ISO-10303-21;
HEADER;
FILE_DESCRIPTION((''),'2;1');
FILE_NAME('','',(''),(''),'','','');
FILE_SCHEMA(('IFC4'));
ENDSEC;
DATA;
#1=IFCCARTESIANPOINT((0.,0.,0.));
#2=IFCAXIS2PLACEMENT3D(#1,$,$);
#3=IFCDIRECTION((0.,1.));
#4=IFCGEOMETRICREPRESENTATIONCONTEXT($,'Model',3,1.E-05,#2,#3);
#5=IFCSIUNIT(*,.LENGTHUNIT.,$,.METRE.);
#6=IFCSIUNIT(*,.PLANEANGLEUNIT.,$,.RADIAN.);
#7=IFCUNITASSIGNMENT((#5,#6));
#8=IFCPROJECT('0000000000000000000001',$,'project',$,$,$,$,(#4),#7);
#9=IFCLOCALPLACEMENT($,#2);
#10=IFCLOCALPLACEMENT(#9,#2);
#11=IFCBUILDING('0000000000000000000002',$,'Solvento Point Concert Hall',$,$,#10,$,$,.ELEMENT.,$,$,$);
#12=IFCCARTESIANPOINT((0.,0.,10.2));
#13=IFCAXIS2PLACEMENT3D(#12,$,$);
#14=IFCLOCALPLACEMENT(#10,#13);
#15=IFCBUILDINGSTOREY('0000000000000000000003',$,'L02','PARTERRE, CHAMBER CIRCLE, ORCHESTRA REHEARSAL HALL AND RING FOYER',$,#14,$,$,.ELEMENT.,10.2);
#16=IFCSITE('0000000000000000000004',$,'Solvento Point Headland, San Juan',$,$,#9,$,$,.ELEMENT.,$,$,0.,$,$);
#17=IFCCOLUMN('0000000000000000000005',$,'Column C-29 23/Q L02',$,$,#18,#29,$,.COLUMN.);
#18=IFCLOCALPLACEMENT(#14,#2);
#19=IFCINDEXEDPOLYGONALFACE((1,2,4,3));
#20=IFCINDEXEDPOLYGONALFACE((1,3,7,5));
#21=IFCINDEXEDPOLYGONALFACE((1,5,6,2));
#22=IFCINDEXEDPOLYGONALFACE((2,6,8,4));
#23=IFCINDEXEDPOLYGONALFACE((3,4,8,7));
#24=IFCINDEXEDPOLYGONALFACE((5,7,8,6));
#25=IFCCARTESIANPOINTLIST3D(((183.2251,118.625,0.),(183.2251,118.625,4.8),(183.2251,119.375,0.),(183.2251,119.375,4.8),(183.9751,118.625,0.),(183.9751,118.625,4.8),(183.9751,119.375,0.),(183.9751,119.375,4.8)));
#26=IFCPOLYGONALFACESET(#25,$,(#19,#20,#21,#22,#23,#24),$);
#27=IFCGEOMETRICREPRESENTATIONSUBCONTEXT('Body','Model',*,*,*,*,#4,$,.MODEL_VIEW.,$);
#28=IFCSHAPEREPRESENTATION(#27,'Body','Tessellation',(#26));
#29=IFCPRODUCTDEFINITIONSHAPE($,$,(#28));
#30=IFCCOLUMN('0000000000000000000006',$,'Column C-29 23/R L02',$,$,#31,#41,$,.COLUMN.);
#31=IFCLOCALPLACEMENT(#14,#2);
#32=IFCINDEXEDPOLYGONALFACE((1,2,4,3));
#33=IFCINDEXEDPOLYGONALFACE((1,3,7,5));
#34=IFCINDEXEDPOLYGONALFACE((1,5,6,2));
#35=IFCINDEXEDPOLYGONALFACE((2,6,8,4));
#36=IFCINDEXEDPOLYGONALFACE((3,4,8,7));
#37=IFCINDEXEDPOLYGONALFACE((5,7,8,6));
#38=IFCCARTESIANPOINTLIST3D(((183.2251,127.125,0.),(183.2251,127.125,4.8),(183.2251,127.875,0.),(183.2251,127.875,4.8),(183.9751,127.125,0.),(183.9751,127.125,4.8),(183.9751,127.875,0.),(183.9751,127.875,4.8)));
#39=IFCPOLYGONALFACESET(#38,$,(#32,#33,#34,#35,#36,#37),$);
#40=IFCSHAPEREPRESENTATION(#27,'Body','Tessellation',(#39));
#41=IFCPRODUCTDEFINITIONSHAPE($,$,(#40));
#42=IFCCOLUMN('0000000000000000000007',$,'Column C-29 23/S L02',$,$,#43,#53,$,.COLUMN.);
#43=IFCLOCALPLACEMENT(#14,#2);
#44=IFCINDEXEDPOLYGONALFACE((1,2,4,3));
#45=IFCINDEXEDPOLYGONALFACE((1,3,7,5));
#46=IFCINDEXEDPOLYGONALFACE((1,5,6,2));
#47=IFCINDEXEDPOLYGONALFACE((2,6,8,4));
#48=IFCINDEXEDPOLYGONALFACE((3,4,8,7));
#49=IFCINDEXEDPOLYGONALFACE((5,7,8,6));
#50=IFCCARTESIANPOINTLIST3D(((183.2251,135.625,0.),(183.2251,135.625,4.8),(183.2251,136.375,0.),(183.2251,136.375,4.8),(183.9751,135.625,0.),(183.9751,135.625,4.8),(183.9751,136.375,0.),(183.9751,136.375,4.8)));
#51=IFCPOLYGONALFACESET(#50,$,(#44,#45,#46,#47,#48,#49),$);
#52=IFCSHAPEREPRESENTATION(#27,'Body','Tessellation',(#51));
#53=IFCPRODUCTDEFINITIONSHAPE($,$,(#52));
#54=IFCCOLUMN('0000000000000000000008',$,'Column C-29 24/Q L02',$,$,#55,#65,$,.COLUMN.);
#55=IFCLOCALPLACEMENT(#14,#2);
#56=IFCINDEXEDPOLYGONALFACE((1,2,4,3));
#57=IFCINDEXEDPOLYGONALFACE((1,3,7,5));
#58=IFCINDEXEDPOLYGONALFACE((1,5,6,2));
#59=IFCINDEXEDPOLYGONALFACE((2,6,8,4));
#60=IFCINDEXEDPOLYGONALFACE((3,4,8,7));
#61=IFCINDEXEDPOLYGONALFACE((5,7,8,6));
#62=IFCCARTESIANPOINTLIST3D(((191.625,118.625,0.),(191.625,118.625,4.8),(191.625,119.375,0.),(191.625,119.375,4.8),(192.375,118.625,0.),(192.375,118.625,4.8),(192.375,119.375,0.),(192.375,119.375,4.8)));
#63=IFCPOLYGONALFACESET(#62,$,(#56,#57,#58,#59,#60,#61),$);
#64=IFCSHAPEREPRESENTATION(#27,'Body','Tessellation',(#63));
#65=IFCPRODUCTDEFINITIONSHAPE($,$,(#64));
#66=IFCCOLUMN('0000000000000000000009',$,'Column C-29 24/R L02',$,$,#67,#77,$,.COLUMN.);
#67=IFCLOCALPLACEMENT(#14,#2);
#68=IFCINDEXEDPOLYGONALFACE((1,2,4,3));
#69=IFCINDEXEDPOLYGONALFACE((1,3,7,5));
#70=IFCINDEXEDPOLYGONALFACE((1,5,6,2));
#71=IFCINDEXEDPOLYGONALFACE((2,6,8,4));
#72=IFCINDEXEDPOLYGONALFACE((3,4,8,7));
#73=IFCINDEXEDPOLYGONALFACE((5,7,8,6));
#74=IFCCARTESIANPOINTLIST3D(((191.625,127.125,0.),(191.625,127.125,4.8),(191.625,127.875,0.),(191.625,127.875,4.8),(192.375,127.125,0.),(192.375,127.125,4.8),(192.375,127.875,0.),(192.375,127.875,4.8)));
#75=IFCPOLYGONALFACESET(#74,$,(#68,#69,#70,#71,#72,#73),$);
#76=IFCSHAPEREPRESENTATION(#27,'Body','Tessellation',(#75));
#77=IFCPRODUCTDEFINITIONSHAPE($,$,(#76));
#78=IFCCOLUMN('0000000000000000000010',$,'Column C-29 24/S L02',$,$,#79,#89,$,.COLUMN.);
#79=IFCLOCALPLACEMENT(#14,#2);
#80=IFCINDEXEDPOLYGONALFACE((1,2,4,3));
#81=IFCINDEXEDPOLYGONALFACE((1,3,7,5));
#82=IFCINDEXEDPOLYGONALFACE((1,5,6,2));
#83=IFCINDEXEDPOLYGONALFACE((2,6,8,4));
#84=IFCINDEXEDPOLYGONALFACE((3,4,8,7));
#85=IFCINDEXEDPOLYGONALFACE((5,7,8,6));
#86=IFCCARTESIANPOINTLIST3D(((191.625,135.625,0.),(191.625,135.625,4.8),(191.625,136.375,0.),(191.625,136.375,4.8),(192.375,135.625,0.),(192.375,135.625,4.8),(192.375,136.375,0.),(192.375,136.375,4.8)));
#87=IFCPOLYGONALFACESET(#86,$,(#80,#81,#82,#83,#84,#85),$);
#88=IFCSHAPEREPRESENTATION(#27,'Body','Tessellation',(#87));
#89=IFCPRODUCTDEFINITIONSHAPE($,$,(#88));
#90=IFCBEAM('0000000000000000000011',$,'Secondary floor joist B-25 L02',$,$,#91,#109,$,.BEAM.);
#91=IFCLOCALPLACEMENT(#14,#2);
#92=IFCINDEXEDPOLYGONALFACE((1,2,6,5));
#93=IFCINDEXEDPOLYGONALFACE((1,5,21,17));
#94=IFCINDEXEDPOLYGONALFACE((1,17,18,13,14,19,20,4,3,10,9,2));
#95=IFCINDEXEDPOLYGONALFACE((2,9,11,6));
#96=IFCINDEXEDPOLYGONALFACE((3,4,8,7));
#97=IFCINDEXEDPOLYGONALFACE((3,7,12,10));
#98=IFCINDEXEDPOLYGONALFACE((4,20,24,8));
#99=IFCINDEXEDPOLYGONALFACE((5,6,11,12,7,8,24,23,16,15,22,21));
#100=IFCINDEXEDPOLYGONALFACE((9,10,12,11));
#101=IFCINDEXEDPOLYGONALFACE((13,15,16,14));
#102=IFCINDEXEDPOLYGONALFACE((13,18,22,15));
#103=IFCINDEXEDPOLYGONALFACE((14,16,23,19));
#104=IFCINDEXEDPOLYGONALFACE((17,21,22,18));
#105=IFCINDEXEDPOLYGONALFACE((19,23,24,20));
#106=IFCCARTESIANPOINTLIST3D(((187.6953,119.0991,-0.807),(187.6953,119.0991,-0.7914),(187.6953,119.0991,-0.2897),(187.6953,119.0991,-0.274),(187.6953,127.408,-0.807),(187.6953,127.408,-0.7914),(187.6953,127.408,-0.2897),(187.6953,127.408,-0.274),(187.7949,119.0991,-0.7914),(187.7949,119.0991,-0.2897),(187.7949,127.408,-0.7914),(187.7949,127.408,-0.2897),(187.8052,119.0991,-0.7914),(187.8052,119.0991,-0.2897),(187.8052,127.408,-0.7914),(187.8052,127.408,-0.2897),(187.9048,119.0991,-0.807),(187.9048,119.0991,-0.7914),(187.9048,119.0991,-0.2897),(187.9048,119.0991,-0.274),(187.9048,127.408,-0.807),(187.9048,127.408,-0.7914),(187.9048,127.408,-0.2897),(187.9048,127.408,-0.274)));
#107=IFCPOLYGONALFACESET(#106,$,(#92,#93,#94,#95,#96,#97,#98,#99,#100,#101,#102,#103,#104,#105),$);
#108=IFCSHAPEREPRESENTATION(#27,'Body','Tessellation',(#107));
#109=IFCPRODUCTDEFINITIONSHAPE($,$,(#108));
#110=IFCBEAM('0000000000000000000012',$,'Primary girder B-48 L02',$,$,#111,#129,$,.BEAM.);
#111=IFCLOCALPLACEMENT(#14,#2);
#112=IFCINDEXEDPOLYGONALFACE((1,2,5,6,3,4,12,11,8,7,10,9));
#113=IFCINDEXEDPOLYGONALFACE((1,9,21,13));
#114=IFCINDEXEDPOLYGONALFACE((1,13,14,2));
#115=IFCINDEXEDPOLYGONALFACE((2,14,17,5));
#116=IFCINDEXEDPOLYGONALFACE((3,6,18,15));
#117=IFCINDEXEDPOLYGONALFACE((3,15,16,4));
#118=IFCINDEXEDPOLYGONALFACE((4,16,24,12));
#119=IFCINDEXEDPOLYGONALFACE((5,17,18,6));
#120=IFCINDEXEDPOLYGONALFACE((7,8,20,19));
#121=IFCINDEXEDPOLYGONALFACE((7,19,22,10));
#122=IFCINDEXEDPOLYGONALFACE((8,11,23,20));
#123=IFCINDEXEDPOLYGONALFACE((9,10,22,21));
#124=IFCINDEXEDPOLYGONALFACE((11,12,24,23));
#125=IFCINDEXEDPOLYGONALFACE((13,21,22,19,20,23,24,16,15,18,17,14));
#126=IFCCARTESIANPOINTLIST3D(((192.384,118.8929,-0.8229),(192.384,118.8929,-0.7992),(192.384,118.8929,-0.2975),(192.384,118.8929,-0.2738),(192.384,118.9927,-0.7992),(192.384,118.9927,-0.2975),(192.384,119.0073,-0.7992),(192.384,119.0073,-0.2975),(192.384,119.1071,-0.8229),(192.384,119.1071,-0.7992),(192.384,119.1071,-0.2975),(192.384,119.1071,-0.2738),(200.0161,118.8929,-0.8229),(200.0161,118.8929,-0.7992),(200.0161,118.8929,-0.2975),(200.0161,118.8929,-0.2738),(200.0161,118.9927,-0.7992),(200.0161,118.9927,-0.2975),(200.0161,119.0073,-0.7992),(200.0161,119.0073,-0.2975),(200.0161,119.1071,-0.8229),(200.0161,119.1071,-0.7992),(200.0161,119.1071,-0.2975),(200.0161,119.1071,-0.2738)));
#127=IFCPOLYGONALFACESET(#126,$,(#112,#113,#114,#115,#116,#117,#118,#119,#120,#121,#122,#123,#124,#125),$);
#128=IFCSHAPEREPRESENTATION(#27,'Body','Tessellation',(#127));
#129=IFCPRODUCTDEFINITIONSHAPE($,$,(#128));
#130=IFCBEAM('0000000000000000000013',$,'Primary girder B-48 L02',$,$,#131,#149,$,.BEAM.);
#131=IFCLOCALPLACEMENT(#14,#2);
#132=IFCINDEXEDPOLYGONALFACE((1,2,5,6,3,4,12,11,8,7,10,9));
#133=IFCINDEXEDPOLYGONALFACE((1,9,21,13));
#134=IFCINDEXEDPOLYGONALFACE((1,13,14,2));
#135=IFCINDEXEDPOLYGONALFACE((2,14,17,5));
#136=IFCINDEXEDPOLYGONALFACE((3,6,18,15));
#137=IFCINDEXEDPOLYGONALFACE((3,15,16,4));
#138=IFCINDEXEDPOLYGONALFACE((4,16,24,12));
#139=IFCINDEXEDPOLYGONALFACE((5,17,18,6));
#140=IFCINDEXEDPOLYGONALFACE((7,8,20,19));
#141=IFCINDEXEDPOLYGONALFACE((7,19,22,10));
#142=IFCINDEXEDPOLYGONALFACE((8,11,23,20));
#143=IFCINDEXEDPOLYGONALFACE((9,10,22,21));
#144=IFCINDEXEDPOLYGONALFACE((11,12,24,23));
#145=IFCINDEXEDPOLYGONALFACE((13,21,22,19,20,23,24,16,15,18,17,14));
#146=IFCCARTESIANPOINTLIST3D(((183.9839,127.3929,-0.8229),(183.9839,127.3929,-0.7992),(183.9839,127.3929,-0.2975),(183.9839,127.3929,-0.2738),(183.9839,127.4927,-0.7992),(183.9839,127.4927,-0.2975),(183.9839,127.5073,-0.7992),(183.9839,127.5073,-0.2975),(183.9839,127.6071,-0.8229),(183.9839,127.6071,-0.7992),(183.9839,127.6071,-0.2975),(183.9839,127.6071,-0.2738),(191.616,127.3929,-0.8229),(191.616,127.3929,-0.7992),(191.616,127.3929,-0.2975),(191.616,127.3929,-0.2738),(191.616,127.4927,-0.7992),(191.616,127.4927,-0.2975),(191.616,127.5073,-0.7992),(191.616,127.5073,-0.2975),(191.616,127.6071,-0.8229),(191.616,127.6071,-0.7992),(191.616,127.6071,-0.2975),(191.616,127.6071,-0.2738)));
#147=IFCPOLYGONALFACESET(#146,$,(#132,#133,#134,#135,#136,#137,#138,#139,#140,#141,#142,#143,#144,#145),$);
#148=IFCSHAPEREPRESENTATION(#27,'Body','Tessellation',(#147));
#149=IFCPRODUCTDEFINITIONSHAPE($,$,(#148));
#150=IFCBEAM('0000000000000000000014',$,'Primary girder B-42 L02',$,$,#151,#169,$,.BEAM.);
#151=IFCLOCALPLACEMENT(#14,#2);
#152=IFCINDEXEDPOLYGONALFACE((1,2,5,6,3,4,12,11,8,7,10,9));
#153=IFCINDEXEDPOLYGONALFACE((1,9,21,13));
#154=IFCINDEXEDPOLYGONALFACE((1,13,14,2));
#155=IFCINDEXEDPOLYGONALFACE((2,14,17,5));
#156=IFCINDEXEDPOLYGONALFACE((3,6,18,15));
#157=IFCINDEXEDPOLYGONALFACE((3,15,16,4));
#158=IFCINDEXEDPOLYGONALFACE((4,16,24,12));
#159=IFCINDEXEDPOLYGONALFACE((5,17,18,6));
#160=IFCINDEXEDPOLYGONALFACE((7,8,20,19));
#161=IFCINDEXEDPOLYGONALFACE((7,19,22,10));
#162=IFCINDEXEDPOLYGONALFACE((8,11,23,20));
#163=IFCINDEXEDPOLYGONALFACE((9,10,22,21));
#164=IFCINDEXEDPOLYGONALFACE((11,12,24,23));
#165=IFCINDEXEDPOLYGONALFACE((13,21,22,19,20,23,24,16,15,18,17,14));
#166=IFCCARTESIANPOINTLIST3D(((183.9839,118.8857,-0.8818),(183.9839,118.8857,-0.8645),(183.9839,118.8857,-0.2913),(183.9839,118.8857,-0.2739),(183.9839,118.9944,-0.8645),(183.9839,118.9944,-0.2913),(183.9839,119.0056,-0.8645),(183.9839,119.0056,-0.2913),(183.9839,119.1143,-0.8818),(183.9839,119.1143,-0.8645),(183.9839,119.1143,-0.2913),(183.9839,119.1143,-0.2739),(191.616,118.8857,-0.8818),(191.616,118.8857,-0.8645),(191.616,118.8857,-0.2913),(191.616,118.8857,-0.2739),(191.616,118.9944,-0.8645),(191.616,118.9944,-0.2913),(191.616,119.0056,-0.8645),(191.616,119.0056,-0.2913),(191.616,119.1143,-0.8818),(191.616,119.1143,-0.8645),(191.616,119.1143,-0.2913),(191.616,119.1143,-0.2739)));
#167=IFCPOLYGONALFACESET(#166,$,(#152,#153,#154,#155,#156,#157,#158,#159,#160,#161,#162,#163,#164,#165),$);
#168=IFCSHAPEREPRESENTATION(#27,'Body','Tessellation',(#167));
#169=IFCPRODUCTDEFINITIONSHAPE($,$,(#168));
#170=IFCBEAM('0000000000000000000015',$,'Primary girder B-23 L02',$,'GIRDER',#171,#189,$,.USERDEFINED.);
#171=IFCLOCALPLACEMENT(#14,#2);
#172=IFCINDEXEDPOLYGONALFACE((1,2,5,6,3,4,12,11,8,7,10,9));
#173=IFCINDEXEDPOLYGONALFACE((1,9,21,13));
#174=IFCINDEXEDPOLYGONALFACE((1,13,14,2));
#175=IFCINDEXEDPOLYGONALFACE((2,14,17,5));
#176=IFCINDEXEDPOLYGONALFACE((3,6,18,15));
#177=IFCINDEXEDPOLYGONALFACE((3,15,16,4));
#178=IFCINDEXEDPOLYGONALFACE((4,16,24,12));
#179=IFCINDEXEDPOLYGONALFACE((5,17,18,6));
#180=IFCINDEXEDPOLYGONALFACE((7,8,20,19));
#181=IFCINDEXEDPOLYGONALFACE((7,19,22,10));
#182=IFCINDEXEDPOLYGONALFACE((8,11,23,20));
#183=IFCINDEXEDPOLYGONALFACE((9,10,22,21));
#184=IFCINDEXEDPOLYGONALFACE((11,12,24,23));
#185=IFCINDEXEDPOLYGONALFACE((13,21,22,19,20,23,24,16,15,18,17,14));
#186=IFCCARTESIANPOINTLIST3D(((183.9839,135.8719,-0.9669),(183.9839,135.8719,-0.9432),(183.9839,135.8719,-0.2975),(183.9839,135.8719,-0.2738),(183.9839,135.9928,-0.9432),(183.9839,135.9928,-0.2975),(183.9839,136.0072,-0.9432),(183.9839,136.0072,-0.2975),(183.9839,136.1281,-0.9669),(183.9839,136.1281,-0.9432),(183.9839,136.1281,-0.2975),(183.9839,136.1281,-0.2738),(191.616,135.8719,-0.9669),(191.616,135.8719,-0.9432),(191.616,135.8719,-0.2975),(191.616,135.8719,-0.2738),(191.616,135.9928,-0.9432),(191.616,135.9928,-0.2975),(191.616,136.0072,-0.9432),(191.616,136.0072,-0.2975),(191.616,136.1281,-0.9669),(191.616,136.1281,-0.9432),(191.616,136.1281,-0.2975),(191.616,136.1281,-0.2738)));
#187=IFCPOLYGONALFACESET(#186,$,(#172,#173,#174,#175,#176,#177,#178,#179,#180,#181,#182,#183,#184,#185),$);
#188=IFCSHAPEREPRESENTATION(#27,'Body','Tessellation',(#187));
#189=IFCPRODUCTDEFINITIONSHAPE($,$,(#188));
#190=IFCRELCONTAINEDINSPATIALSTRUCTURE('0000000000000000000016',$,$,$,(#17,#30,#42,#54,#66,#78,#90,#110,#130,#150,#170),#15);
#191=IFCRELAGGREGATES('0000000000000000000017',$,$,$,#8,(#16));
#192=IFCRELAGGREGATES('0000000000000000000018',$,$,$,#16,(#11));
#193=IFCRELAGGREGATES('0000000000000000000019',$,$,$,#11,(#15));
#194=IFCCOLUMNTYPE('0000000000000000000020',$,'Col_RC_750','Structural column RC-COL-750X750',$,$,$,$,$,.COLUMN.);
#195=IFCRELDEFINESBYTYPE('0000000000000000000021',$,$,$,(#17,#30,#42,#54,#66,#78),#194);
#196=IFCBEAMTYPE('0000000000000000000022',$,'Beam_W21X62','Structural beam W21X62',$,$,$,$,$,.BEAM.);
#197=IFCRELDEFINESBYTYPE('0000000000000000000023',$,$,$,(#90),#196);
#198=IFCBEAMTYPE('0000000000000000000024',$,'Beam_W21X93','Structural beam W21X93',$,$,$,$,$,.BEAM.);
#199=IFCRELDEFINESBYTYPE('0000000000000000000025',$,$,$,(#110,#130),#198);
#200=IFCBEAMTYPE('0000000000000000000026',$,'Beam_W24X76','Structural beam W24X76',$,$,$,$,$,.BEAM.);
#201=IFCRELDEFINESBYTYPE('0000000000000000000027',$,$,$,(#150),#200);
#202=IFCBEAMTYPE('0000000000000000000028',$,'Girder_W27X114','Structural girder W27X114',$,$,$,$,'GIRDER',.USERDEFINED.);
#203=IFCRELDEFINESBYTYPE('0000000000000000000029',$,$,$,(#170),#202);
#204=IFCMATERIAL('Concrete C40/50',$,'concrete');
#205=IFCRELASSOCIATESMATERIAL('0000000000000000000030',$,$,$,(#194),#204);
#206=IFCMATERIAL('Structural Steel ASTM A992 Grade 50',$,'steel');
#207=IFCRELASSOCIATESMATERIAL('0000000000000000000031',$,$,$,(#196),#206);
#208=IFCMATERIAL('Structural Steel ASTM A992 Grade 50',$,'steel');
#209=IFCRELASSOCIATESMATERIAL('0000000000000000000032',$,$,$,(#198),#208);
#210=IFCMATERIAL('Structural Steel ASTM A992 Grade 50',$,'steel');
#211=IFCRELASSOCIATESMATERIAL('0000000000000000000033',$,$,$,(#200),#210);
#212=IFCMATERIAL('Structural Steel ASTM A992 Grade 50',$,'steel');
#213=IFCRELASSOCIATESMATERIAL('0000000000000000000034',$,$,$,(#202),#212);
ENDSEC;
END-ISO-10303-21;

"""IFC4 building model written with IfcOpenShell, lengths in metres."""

from ifc_helpers import new_model, si_unit, direction, frame, origin, origin_2d, place, context, subcontext, project, spatial, rectangle, i_section, extrude, material, material_profile, profile_set, type_object, element, save


model = new_model("IFC4")

# Units and contexts
model_context = context("Model", 3, precision=1e-05, world=origin(), true_north=direction((0.0, 1.0)))
body_context = subcontext(model_context, "Body", "Model", "MODEL_VIEW")
ifc_project = project(units=[si_unit("LENGTHUNIT", "METRE"), si_unit("PLANEANGLEUNIT", "RADIAN")], contexts=[model_context])

# Site, building, storey
site_placement = place(None, origin())
site = spatial("IfcSite", under=ifc_project, at=site_placement, Name="Solvento Point Headland, San Juan", CompositionType="ELEMENT", RefElevation=0.0)
building_placement = place(site_placement, origin())
building = spatial("IfcBuilding", under=site, at=building_placement, Name="Solvento Point Concert Hall", CompositionType="ELEMENT")
storey_placement = place(building_placement, frame((0.0, 0.0, 10.2)))
storey = spatial("IfcBuildingStorey", under=building, at=storey_placement, Name="L02", Description="PARTERRE, CHAMBER CIRCLE, ORCHESTRA REHEARSAL HALL AND RING FOYER", CompositionType="ELEMENT", Elevation=10.2)

# Columns
ifc_material_1 = material(Name="Concrete C40/50", Category="concrete")
ifc_material_profile_1 = material_profile(ifc_material_1, rectangle(XDim=0.75, YDim=0.75, at=origin_2d()), Name="RC-COL-750X750")
ifc_profile_set_1 = profile_set([ifc_material_profile_1], Name="Concrete C40/50")
column_type = type_object("IfcColumnType", Name="Col_RC_750", Description="Structural column RC-COL-750X750", PredefinedType="COLUMN", material=ifc_profile_set_1)
for number, where, z_axis, x_axis, name in (
    (1, (183.6001, 119.0, 0.0), (0.0, 0.0, 1.0), (1.0, 0.0, 0.0), "Column C-29 23/Q L02"),
    (2, (183.6001, 127.5, 0.0), (0.0, 0.0, 1.0), (1.0, 0.0, 0.0), "Column C-29 23/R L02"),
    (3, (183.6001, 136.0, 0.0), (0.0, 0.0, 1.0), (1.0, 0.0, 0.0), "Column C-29 23/S L02"),
    (4, (192.0, 119.0, 0.0), (0.0, 0.0, 1.0), (1.0, 0.0, 0.0), "Column C-29 24/Q L02"),
    (5, (192.0, 127.5, 0.0), (0.0, 0.0, 1.0), (1.0, 0.0, 0.0), "Column C-29 24/R L02"),
    (6, (192.0, 136.0, 0.0), (0.0, 0.0, 1.0), (1.0, 0.0, 0.0), "Column C-29 24/S L02"),
):
    element("IfcColumn", number, at=place(storey_placement, frame(where, z_axis=z_axis, x_axis=x_axis)), inside=storey, type_object=column_type, Name=name, PredefinedType="COLUMN", context=body_context, shape_type="SweptSolid", body=[
        extrude(rectangle(XDim=0.75, YDim=0.75, at=origin_2d()), origin(), (0.0, 0.0, 1.0), 4.8),
    ])

# Beams
ifc_material_2 = material(Name="Structural Steel ASTM A992 Grade 50", Category="steel")
ifc_material_profile_2 = material_profile(ifc_material_2, i_section(OverallWidth=0.2095, OverallDepth=0.533, WebThickness=0.0103, FlangeThickness=0.0156, at=origin_2d()), Name="W21X62")
ifc_profile_set_2 = profile_set([ifc_material_profile_2], Name="Structural Steel ASTM A992 Grade 50")
beam_type_1 = type_object("IfcBeamType", Name="Beam_W21X62", Description="Structural beam W21X62", PredefinedType="BEAM", material=ifc_profile_set_2)
beam_1_placement = place(storey_placement, frame((187.8, 119.0991, -0.5405), z_axis=(0.0, 1.0, 0.0), x_axis=(-1.0, 0.0, 0.0)))
element("IfcBeam", 7, at=beam_1_placement, inside=storey, type_object=beam_type_1, Name="Secondary floor joist B-25 L02", PredefinedType="BEAM", context=body_context, shape_type="SweptSolid", body=[
    extrude(i_section(OverallWidth=0.2095, OverallDepth=0.533, WebThickness=0.0103, FlangeThickness=0.0156, at=origin_2d()), origin(), (0.0, 0.0, 1.0), 8.3088),
])
ifc_material_3 = material(Name="Structural Steel ASTM A992 Grade 50", Category="steel")
ifc_material_profile_3 = material_profile(ifc_material_3, i_section(OverallWidth=0.2141, OverallDepth=0.5491, WebThickness=0.0146, FlangeThickness=0.0237, at=origin_2d()), Name="W21X93")
ifc_profile_set_3 = profile_set([ifc_material_profile_3], Name="Structural Steel ASTM A992 Grade 50")
beam_type_2 = type_object("IfcBeamType", Name="Beam_W21X93", Description="Structural beam W21X93", PredefinedType="BEAM", material=ifc_profile_set_3)
for number, where, z_axis, x_axis, name in (
    (8, (192.384, 119.0, -0.5483), (1.0, 0.0, 0.0), (0.0, 1.0, 0.0), "Primary girder B-48 L02"),
    (9, (183.9839, 127.5, -0.5483), (1.0, 0.0, 0.0), (0.0, 1.0, 0.0), "Primary girder B-48 L02"),
):
    element("IfcBeam", number, at=place(storey_placement, frame(where, z_axis=z_axis, x_axis=x_axis)), inside=storey, type_object=beam_type_2, Name=name, PredefinedType="BEAM", context=body_context, shape_type="SweptSolid", body=[
        extrude(i_section(OverallWidth=0.2141, OverallDepth=0.5491, WebThickness=0.0146, FlangeThickness=0.0237, at=origin_2d()), origin(), (0.0, 0.0, 1.0), 7.6321),
    ])
ifc_material_4 = material(Name="Structural Steel ASTM A992 Grade 50", Category="steel")
ifc_material_profile_4 = material_profile(ifc_material_4, i_section(OverallWidth=0.2285, OverallDepth=0.6079, WebThickness=0.0112, FlangeThickness=0.0173, at=origin_2d()), Name="W24X76")
ifc_profile_set_4 = profile_set([ifc_material_profile_4], Name="Structural Steel ASTM A992 Grade 50")
beam_type_3 = type_object("IfcBeamType", Name="Beam_W24X76", Description="Structural beam W24X76", PredefinedType="BEAM", material=ifc_profile_set_4)
beam_2_placement = place(storey_placement, frame((183.9839, 119.0, -0.5779), z_axis=(1.0, 0.0, 0.0), x_axis=(0.0, 1.0, 0.0)))
element("IfcBeam", 10, at=beam_2_placement, inside=storey, type_object=beam_type_3, Name="Primary girder B-42 L02", PredefinedType="BEAM", context=body_context, shape_type="SweptSolid", body=[
    extrude(i_section(OverallWidth=0.2285, OverallDepth=0.6079, WebThickness=0.0112, FlangeThickness=0.0173, at=origin_2d()), origin(), (0.0, 0.0, 1.0), 7.6321),
])
ifc_material_5 = material(Name="Structural Steel ASTM A992 Grade 50", Category="steel")
ifc_material_profile_5 = material_profile(ifc_material_5, i_section(OverallWidth=0.2561, OverallDepth=0.6931, WebThickness=0.0144, FlangeThickness=0.0237, at=origin_2d()), Name="W27X114")
ifc_profile_set_5 = profile_set([ifc_material_profile_5], Name="Structural Steel ASTM A992 Grade 50")
beam_type_4 = type_object("IfcBeamType", Name="Girder_W27X114", Description="Structural girder W27X114", ElementType="GIRDER", PredefinedType="USERDEFINED", material=ifc_profile_set_5)
beam_3_placement = place(storey_placement, frame((183.9839, 136.0, -0.6204), z_axis=(1.0, 0.0, 0.0), x_axis=(0.0, 1.0, 0.0)))
element("IfcBeam", 11, at=beam_3_placement, inside=storey, type_object=beam_type_4, Name="Primary girder B-23 L02", ObjectType="GIRDER", PredefinedType="USERDEFINED", context=body_context, shape_type="SweptSolid", body=[
    extrude(i_section(OverallWidth=0.2561, OverallDepth=0.6931, WebThickness=0.0144, FlangeThickness=0.0237, at=origin_2d()), origin(), (0.0, 0.0, 1.0), 7.6321),
])

save(model, "model.ifc")
